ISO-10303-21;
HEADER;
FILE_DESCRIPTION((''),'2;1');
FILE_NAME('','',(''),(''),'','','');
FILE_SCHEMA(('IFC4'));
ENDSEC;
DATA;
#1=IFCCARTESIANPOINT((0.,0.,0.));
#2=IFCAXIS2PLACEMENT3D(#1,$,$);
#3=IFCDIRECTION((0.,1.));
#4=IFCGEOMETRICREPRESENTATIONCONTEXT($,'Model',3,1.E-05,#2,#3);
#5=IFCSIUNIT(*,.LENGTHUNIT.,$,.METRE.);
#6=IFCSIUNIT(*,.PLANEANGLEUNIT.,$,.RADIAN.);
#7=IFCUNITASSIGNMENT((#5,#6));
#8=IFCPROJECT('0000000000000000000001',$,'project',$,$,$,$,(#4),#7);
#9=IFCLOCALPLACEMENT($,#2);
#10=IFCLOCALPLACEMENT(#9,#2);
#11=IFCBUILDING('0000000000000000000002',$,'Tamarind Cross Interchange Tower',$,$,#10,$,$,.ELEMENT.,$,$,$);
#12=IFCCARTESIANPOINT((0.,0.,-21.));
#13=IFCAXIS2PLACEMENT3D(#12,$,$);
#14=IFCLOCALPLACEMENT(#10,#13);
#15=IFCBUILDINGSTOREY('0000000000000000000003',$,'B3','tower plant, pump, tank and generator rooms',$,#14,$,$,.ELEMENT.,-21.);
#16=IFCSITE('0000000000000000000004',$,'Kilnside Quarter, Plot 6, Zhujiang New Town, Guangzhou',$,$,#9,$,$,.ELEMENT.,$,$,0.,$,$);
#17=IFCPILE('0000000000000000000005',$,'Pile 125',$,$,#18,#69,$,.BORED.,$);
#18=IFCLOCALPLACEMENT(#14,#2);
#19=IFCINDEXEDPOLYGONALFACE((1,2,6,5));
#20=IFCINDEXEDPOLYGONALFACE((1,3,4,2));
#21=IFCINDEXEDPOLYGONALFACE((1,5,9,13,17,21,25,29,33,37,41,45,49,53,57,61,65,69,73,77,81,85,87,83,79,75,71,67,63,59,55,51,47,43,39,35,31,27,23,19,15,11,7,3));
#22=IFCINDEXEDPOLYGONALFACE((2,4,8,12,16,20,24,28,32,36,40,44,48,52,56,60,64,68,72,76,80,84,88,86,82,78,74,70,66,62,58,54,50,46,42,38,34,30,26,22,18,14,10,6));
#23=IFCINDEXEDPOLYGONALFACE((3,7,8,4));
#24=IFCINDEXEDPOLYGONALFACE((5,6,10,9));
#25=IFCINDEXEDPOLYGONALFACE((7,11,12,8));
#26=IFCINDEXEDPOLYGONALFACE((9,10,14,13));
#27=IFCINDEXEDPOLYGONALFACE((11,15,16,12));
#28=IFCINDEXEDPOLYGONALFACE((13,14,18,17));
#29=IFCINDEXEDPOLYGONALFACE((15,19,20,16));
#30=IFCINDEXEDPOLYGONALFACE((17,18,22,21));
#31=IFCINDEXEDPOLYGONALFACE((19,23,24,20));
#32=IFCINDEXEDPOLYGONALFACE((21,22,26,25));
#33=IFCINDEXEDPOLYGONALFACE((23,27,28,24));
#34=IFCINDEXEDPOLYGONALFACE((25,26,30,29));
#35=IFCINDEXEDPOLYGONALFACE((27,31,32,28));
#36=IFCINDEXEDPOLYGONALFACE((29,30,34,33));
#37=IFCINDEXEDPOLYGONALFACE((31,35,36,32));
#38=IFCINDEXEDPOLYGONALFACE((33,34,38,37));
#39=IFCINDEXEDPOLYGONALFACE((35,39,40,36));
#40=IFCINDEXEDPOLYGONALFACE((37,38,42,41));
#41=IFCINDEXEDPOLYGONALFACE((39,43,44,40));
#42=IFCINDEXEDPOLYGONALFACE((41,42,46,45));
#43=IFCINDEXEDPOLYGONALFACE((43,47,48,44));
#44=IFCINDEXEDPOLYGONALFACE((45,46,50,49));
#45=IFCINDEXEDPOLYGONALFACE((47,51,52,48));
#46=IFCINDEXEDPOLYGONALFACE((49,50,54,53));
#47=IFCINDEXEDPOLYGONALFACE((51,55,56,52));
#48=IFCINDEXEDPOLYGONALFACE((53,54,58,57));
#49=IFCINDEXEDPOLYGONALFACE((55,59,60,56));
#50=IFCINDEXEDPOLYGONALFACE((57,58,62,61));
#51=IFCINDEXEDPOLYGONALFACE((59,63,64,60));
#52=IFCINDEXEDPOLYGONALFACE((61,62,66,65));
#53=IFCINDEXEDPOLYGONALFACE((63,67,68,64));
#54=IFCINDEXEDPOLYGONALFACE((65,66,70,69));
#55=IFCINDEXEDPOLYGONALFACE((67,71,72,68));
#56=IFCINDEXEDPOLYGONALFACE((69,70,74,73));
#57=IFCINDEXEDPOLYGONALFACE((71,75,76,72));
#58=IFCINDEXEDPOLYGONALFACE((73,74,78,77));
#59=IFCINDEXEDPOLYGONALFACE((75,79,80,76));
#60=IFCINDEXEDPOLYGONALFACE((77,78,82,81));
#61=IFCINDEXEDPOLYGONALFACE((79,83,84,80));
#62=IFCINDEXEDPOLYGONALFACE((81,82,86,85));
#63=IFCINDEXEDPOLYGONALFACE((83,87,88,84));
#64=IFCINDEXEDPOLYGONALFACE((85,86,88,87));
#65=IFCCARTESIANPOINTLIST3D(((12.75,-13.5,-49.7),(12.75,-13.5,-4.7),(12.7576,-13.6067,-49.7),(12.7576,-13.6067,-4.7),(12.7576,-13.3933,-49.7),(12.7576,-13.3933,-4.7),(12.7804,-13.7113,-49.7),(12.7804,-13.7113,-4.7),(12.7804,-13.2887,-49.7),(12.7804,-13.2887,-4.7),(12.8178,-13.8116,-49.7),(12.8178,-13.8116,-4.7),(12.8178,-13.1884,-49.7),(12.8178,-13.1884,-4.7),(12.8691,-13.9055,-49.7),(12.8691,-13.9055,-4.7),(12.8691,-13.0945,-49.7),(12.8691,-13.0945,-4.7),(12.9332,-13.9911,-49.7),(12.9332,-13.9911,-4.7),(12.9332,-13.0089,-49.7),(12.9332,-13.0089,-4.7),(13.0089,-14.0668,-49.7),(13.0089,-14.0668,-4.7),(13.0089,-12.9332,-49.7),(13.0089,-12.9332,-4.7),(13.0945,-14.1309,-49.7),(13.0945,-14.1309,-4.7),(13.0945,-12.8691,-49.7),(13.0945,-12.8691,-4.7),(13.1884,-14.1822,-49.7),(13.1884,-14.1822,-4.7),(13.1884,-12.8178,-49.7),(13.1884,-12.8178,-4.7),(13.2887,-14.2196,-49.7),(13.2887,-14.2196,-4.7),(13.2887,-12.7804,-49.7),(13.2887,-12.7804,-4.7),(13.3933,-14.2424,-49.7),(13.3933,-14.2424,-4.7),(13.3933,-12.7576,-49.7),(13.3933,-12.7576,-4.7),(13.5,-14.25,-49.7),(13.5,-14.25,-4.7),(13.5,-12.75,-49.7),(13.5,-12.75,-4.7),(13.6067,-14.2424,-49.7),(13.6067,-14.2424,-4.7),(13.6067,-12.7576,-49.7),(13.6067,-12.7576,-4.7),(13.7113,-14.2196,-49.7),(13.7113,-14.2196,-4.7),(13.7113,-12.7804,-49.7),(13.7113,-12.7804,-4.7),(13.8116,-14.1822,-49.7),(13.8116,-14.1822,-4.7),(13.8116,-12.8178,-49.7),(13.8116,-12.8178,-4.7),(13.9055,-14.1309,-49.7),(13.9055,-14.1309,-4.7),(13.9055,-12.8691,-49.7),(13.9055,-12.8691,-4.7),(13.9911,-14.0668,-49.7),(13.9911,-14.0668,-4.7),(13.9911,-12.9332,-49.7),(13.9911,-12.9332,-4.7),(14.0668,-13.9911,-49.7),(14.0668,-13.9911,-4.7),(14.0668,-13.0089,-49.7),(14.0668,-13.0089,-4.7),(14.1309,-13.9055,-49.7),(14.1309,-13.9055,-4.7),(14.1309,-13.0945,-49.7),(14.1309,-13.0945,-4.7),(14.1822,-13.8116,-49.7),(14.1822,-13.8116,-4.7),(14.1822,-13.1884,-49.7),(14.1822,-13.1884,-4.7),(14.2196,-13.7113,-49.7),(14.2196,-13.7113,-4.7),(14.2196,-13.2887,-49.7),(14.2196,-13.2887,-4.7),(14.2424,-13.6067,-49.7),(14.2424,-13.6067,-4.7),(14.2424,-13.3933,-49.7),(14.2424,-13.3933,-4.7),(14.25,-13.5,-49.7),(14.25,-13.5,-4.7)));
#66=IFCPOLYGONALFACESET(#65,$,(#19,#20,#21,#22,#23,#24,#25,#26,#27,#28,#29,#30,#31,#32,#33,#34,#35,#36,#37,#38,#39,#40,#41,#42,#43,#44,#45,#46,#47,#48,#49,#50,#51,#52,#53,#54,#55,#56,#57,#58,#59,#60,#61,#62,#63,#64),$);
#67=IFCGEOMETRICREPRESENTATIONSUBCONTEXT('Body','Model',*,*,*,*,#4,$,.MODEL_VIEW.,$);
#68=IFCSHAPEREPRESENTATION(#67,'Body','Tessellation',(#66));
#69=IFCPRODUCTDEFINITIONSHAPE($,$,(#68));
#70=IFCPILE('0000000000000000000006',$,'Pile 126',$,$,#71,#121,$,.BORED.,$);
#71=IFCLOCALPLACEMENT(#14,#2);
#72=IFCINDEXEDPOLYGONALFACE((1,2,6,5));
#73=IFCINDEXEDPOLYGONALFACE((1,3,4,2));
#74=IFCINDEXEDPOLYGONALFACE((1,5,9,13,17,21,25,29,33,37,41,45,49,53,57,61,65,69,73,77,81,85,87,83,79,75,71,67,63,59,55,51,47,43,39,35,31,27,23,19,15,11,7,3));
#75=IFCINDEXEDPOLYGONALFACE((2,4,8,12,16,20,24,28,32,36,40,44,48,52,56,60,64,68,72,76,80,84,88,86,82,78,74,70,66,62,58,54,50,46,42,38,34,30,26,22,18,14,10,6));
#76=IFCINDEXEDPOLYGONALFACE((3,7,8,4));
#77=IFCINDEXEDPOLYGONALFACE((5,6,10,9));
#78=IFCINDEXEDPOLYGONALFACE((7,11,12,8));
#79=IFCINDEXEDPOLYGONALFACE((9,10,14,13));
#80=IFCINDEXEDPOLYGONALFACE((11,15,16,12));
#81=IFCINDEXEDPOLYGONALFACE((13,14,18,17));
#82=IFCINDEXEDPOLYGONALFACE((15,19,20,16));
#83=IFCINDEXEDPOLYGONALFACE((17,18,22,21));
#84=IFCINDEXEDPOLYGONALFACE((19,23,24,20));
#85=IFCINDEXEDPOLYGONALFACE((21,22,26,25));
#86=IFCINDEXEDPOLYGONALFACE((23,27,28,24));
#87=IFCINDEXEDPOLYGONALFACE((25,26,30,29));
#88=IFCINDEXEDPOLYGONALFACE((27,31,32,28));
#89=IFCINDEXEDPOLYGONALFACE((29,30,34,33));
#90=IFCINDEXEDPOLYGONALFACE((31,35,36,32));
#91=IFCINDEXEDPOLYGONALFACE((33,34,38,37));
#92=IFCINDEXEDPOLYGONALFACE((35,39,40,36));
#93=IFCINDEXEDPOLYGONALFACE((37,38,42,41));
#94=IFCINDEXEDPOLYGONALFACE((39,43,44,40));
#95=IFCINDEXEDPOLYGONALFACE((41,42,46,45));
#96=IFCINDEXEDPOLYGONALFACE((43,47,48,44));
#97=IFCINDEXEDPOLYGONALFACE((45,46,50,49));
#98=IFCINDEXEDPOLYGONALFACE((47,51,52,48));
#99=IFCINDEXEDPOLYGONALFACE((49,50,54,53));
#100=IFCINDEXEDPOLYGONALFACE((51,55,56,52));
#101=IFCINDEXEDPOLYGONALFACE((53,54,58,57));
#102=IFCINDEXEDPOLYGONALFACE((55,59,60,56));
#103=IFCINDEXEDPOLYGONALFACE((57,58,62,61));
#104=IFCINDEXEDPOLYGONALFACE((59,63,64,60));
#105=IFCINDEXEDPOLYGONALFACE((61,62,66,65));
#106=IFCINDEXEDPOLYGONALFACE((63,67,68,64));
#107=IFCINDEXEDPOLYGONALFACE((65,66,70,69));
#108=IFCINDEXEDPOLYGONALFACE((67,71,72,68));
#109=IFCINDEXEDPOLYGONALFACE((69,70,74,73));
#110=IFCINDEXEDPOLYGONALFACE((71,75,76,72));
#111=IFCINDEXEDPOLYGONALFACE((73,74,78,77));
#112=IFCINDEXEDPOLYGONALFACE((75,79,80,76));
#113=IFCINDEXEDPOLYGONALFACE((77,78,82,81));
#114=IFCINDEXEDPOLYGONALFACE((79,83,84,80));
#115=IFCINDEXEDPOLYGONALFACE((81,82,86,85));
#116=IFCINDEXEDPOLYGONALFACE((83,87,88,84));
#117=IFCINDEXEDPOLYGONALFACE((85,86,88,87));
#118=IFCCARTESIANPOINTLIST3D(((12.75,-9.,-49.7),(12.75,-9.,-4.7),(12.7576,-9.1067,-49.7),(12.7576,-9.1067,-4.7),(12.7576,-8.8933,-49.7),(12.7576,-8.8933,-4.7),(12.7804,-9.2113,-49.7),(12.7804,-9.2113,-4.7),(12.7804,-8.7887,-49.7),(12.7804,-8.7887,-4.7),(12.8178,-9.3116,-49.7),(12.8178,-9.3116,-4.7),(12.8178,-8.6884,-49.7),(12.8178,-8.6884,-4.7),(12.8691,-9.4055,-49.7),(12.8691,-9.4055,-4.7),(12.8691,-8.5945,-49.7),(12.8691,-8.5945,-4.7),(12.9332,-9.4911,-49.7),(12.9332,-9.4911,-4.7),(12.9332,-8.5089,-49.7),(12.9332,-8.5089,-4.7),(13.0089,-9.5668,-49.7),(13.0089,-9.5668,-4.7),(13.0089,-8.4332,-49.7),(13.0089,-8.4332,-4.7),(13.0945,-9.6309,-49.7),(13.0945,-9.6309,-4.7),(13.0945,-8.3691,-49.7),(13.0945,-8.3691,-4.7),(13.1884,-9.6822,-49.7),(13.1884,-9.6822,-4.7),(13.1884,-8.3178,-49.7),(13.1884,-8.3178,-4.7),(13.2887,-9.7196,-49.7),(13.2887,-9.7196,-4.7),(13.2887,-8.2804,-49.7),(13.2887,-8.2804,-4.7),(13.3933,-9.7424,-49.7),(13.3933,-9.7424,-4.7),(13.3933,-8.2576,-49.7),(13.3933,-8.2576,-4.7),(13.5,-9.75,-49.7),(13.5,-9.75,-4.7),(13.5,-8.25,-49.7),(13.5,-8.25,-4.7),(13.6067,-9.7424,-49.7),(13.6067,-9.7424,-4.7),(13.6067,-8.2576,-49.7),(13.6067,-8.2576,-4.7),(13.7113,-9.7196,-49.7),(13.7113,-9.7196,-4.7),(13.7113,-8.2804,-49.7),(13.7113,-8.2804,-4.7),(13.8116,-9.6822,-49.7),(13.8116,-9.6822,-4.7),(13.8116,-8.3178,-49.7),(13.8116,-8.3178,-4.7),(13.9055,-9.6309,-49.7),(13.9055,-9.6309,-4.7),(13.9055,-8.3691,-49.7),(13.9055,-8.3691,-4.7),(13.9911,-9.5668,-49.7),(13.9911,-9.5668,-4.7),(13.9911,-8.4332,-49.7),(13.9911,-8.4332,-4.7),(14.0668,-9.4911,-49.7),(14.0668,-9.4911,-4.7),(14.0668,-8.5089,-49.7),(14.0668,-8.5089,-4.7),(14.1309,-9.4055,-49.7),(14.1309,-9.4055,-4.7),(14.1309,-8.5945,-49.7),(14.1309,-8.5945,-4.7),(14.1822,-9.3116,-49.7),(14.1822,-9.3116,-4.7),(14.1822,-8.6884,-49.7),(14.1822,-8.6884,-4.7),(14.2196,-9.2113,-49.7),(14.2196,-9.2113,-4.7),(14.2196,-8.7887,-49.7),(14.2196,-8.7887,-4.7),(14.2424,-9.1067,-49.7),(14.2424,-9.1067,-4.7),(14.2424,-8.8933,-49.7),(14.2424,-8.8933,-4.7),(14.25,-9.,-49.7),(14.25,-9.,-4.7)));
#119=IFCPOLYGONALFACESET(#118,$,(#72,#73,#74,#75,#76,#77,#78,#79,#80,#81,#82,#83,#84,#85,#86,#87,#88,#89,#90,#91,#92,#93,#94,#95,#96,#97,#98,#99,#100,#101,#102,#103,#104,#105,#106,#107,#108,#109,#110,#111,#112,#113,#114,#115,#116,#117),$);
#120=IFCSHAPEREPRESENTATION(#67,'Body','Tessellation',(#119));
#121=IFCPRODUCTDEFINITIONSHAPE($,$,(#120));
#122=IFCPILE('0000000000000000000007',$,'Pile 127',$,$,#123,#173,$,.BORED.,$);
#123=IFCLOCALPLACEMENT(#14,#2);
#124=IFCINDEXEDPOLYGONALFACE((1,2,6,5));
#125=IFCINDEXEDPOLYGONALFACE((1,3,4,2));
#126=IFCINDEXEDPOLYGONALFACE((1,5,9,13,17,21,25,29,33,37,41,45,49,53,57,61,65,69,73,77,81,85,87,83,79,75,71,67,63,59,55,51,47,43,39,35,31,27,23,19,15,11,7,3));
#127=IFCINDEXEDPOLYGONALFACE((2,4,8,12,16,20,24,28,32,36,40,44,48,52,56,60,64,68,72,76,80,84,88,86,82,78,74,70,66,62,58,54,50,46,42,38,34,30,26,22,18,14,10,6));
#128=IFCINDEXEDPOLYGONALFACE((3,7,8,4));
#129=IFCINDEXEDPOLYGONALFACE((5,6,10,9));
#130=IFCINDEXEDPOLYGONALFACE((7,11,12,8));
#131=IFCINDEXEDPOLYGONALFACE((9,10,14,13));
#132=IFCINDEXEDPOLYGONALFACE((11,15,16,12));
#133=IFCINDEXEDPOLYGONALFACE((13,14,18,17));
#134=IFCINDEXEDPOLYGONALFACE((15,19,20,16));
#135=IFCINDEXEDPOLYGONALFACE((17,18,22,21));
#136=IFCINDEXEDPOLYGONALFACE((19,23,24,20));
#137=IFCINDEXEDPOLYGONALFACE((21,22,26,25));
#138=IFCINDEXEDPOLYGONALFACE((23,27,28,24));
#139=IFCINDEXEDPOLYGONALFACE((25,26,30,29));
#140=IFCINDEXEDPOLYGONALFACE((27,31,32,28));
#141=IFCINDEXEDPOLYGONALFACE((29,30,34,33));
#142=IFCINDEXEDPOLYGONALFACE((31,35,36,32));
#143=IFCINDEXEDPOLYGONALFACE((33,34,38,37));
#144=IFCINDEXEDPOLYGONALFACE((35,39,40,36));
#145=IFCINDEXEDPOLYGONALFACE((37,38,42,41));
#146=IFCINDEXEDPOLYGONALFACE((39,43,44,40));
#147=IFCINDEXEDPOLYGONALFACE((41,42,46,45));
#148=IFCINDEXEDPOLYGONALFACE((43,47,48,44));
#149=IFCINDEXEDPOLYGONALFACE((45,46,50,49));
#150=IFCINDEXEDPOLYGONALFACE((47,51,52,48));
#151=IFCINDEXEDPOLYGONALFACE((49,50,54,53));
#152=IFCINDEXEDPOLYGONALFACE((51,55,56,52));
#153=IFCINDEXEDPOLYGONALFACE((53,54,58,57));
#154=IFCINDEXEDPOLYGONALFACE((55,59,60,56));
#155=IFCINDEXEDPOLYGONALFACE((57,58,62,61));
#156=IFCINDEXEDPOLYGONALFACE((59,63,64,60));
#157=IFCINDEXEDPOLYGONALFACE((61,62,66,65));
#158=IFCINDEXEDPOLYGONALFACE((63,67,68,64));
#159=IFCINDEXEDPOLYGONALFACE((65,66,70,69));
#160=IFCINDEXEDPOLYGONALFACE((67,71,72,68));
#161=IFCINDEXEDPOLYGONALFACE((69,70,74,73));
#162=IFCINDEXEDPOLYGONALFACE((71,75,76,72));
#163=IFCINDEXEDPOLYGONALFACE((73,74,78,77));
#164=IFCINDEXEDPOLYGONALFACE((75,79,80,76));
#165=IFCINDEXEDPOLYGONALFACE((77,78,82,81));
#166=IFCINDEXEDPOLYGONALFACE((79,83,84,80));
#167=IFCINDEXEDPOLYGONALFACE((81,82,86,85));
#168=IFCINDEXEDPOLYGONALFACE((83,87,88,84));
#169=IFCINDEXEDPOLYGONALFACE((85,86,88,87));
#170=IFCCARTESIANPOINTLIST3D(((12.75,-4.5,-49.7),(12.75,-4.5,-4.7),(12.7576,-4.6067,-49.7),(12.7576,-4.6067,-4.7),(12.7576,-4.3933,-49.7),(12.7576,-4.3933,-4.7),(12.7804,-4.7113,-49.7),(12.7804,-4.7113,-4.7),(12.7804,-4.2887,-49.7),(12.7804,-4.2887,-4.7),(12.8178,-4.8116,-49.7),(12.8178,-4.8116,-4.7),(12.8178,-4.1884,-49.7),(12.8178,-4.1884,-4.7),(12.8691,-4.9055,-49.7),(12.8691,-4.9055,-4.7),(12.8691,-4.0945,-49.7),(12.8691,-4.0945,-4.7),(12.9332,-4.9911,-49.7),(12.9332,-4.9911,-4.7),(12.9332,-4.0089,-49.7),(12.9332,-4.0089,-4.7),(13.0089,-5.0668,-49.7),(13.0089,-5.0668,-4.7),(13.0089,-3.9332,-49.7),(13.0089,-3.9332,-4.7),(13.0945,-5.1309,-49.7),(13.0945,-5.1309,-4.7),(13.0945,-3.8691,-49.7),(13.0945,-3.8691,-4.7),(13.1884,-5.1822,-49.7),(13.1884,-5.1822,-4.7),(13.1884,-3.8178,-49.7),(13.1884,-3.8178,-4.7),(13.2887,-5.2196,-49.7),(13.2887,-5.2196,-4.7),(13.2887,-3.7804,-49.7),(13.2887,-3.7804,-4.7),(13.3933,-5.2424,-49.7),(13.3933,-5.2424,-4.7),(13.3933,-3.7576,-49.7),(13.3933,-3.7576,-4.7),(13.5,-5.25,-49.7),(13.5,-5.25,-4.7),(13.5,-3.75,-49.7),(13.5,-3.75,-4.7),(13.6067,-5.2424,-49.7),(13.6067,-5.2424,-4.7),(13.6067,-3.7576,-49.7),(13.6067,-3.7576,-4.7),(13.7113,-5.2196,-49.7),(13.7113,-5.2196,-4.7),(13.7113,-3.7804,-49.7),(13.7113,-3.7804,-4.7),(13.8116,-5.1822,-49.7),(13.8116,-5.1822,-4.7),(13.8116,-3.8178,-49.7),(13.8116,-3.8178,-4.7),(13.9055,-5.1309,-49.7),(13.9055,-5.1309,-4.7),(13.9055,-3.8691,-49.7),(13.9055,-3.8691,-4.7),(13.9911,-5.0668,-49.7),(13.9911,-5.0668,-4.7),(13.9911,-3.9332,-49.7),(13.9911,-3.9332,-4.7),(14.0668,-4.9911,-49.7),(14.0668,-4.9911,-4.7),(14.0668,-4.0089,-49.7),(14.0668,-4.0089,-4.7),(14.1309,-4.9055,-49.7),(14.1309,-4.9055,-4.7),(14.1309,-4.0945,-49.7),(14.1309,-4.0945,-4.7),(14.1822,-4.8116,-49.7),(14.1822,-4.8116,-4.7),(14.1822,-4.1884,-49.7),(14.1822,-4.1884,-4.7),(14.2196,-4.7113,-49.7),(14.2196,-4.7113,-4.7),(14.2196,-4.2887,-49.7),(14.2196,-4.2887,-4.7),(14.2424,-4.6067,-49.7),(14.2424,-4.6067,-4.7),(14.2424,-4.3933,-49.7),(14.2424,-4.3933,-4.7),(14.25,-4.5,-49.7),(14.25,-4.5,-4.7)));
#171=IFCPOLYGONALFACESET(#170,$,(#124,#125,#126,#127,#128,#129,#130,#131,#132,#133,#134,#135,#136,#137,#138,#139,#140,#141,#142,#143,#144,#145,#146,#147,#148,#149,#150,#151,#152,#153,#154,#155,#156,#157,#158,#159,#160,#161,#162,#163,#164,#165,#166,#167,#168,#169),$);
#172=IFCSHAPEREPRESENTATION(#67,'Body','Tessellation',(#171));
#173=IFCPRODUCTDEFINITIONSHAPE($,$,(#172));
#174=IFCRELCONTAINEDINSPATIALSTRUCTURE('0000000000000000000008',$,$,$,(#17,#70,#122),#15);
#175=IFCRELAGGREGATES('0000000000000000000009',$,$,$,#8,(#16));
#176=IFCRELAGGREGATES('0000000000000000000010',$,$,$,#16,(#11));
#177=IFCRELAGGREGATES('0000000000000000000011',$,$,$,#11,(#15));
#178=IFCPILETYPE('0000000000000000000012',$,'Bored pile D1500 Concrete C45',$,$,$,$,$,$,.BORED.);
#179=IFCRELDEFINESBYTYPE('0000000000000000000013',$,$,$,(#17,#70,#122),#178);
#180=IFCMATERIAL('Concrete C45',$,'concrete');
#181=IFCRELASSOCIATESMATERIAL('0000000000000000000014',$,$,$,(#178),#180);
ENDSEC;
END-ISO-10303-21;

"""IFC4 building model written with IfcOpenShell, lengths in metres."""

from ifc_helpers import new_model, si_unit, direction, frame, origin, origin_2d, place, context, subcontext, project, spatial, circle, extrude, material, material_profile, profile_set, type_object, element, save


model = new_model("IFC4")

# Units and contexts
model_context = context("Model", 3, precision=1e-05, world=origin(), true_north=direction((0.0, 1.0)))
body_context = subcontext(model_context, "Body", "Model", "MODEL_VIEW")
ifc_project = project(units=[si_unit("LENGTHUNIT", "METRE"), si_unit("PLANEANGLEUNIT", "RADIAN")], contexts=[model_context])

# Site, building, storey
site_placement = place(None, origin())
site = spatial("IfcSite", under=ifc_project, at=site_placement, Name="Kilnside Quarter, Plot 6, Zhujiang New Town, Guangzhou", CompositionType="ELEMENT", RefElevation=0.0)
building_placement = place(site_placement, origin())
building = spatial("IfcBuilding", under=site, at=building_placement, Name="Tamarind Cross Interchange Tower", CompositionType="ELEMENT")
storey_placement = place(building_placement, frame((0.0, 0.0, -21.0)))
storey = spatial("IfcBuildingStorey", under=building, at=storey_placement, Name="B3", Description="tower plant, pump, tank and generator rooms", CompositionType="ELEMENT", Elevation=-21.0)

# Piles
ifc_material_1 = material(Name="Concrete C45", Category="concrete")
ifc_material_profile_1 = material_profile(ifc_material_1, circle(Radius=0.75, at=origin_2d()), Name="RC D1500")
ifc_profile_set_1 = profile_set([ifc_material_profile_1], Name="Concrete C45")
pile_type = type_object("IfcPileType", Name="Bored pile D1500 Concrete C45", PredefinedType="BORED", material=ifc_profile_set_1)
for number, where, z_axis, x_axis, name in (
    (1, (13.5, -13.5, -4.7), (0.0, 0.0, -1.0), (1.0, 0.0, 0.0), "Pile 125"),
    (2, (13.5, -9.0, -4.7), (0.0, 0.0, -1.0), (1.0, 0.0, 0.0), "Pile 126"),
    (3, (13.5, -4.5, -4.7), (0.0, 0.0, -1.0), (1.0, 0.0, 0.0), "Pile 127"),
):
    element("IfcPile", number, at=place(storey_placement, frame(where, z_axis=z_axis, x_axis=x_axis)), inside=storey, type_object=pile_type, Name=name, PredefinedType="BORED", context=body_context, shape_type="SweptSolid", body=[
        extrude(circle(Radius=0.75, at=origin_2d()), origin(), (0.0, 0.0, 1.0), 45.0),
    ])

save(model, "model.ifc")
